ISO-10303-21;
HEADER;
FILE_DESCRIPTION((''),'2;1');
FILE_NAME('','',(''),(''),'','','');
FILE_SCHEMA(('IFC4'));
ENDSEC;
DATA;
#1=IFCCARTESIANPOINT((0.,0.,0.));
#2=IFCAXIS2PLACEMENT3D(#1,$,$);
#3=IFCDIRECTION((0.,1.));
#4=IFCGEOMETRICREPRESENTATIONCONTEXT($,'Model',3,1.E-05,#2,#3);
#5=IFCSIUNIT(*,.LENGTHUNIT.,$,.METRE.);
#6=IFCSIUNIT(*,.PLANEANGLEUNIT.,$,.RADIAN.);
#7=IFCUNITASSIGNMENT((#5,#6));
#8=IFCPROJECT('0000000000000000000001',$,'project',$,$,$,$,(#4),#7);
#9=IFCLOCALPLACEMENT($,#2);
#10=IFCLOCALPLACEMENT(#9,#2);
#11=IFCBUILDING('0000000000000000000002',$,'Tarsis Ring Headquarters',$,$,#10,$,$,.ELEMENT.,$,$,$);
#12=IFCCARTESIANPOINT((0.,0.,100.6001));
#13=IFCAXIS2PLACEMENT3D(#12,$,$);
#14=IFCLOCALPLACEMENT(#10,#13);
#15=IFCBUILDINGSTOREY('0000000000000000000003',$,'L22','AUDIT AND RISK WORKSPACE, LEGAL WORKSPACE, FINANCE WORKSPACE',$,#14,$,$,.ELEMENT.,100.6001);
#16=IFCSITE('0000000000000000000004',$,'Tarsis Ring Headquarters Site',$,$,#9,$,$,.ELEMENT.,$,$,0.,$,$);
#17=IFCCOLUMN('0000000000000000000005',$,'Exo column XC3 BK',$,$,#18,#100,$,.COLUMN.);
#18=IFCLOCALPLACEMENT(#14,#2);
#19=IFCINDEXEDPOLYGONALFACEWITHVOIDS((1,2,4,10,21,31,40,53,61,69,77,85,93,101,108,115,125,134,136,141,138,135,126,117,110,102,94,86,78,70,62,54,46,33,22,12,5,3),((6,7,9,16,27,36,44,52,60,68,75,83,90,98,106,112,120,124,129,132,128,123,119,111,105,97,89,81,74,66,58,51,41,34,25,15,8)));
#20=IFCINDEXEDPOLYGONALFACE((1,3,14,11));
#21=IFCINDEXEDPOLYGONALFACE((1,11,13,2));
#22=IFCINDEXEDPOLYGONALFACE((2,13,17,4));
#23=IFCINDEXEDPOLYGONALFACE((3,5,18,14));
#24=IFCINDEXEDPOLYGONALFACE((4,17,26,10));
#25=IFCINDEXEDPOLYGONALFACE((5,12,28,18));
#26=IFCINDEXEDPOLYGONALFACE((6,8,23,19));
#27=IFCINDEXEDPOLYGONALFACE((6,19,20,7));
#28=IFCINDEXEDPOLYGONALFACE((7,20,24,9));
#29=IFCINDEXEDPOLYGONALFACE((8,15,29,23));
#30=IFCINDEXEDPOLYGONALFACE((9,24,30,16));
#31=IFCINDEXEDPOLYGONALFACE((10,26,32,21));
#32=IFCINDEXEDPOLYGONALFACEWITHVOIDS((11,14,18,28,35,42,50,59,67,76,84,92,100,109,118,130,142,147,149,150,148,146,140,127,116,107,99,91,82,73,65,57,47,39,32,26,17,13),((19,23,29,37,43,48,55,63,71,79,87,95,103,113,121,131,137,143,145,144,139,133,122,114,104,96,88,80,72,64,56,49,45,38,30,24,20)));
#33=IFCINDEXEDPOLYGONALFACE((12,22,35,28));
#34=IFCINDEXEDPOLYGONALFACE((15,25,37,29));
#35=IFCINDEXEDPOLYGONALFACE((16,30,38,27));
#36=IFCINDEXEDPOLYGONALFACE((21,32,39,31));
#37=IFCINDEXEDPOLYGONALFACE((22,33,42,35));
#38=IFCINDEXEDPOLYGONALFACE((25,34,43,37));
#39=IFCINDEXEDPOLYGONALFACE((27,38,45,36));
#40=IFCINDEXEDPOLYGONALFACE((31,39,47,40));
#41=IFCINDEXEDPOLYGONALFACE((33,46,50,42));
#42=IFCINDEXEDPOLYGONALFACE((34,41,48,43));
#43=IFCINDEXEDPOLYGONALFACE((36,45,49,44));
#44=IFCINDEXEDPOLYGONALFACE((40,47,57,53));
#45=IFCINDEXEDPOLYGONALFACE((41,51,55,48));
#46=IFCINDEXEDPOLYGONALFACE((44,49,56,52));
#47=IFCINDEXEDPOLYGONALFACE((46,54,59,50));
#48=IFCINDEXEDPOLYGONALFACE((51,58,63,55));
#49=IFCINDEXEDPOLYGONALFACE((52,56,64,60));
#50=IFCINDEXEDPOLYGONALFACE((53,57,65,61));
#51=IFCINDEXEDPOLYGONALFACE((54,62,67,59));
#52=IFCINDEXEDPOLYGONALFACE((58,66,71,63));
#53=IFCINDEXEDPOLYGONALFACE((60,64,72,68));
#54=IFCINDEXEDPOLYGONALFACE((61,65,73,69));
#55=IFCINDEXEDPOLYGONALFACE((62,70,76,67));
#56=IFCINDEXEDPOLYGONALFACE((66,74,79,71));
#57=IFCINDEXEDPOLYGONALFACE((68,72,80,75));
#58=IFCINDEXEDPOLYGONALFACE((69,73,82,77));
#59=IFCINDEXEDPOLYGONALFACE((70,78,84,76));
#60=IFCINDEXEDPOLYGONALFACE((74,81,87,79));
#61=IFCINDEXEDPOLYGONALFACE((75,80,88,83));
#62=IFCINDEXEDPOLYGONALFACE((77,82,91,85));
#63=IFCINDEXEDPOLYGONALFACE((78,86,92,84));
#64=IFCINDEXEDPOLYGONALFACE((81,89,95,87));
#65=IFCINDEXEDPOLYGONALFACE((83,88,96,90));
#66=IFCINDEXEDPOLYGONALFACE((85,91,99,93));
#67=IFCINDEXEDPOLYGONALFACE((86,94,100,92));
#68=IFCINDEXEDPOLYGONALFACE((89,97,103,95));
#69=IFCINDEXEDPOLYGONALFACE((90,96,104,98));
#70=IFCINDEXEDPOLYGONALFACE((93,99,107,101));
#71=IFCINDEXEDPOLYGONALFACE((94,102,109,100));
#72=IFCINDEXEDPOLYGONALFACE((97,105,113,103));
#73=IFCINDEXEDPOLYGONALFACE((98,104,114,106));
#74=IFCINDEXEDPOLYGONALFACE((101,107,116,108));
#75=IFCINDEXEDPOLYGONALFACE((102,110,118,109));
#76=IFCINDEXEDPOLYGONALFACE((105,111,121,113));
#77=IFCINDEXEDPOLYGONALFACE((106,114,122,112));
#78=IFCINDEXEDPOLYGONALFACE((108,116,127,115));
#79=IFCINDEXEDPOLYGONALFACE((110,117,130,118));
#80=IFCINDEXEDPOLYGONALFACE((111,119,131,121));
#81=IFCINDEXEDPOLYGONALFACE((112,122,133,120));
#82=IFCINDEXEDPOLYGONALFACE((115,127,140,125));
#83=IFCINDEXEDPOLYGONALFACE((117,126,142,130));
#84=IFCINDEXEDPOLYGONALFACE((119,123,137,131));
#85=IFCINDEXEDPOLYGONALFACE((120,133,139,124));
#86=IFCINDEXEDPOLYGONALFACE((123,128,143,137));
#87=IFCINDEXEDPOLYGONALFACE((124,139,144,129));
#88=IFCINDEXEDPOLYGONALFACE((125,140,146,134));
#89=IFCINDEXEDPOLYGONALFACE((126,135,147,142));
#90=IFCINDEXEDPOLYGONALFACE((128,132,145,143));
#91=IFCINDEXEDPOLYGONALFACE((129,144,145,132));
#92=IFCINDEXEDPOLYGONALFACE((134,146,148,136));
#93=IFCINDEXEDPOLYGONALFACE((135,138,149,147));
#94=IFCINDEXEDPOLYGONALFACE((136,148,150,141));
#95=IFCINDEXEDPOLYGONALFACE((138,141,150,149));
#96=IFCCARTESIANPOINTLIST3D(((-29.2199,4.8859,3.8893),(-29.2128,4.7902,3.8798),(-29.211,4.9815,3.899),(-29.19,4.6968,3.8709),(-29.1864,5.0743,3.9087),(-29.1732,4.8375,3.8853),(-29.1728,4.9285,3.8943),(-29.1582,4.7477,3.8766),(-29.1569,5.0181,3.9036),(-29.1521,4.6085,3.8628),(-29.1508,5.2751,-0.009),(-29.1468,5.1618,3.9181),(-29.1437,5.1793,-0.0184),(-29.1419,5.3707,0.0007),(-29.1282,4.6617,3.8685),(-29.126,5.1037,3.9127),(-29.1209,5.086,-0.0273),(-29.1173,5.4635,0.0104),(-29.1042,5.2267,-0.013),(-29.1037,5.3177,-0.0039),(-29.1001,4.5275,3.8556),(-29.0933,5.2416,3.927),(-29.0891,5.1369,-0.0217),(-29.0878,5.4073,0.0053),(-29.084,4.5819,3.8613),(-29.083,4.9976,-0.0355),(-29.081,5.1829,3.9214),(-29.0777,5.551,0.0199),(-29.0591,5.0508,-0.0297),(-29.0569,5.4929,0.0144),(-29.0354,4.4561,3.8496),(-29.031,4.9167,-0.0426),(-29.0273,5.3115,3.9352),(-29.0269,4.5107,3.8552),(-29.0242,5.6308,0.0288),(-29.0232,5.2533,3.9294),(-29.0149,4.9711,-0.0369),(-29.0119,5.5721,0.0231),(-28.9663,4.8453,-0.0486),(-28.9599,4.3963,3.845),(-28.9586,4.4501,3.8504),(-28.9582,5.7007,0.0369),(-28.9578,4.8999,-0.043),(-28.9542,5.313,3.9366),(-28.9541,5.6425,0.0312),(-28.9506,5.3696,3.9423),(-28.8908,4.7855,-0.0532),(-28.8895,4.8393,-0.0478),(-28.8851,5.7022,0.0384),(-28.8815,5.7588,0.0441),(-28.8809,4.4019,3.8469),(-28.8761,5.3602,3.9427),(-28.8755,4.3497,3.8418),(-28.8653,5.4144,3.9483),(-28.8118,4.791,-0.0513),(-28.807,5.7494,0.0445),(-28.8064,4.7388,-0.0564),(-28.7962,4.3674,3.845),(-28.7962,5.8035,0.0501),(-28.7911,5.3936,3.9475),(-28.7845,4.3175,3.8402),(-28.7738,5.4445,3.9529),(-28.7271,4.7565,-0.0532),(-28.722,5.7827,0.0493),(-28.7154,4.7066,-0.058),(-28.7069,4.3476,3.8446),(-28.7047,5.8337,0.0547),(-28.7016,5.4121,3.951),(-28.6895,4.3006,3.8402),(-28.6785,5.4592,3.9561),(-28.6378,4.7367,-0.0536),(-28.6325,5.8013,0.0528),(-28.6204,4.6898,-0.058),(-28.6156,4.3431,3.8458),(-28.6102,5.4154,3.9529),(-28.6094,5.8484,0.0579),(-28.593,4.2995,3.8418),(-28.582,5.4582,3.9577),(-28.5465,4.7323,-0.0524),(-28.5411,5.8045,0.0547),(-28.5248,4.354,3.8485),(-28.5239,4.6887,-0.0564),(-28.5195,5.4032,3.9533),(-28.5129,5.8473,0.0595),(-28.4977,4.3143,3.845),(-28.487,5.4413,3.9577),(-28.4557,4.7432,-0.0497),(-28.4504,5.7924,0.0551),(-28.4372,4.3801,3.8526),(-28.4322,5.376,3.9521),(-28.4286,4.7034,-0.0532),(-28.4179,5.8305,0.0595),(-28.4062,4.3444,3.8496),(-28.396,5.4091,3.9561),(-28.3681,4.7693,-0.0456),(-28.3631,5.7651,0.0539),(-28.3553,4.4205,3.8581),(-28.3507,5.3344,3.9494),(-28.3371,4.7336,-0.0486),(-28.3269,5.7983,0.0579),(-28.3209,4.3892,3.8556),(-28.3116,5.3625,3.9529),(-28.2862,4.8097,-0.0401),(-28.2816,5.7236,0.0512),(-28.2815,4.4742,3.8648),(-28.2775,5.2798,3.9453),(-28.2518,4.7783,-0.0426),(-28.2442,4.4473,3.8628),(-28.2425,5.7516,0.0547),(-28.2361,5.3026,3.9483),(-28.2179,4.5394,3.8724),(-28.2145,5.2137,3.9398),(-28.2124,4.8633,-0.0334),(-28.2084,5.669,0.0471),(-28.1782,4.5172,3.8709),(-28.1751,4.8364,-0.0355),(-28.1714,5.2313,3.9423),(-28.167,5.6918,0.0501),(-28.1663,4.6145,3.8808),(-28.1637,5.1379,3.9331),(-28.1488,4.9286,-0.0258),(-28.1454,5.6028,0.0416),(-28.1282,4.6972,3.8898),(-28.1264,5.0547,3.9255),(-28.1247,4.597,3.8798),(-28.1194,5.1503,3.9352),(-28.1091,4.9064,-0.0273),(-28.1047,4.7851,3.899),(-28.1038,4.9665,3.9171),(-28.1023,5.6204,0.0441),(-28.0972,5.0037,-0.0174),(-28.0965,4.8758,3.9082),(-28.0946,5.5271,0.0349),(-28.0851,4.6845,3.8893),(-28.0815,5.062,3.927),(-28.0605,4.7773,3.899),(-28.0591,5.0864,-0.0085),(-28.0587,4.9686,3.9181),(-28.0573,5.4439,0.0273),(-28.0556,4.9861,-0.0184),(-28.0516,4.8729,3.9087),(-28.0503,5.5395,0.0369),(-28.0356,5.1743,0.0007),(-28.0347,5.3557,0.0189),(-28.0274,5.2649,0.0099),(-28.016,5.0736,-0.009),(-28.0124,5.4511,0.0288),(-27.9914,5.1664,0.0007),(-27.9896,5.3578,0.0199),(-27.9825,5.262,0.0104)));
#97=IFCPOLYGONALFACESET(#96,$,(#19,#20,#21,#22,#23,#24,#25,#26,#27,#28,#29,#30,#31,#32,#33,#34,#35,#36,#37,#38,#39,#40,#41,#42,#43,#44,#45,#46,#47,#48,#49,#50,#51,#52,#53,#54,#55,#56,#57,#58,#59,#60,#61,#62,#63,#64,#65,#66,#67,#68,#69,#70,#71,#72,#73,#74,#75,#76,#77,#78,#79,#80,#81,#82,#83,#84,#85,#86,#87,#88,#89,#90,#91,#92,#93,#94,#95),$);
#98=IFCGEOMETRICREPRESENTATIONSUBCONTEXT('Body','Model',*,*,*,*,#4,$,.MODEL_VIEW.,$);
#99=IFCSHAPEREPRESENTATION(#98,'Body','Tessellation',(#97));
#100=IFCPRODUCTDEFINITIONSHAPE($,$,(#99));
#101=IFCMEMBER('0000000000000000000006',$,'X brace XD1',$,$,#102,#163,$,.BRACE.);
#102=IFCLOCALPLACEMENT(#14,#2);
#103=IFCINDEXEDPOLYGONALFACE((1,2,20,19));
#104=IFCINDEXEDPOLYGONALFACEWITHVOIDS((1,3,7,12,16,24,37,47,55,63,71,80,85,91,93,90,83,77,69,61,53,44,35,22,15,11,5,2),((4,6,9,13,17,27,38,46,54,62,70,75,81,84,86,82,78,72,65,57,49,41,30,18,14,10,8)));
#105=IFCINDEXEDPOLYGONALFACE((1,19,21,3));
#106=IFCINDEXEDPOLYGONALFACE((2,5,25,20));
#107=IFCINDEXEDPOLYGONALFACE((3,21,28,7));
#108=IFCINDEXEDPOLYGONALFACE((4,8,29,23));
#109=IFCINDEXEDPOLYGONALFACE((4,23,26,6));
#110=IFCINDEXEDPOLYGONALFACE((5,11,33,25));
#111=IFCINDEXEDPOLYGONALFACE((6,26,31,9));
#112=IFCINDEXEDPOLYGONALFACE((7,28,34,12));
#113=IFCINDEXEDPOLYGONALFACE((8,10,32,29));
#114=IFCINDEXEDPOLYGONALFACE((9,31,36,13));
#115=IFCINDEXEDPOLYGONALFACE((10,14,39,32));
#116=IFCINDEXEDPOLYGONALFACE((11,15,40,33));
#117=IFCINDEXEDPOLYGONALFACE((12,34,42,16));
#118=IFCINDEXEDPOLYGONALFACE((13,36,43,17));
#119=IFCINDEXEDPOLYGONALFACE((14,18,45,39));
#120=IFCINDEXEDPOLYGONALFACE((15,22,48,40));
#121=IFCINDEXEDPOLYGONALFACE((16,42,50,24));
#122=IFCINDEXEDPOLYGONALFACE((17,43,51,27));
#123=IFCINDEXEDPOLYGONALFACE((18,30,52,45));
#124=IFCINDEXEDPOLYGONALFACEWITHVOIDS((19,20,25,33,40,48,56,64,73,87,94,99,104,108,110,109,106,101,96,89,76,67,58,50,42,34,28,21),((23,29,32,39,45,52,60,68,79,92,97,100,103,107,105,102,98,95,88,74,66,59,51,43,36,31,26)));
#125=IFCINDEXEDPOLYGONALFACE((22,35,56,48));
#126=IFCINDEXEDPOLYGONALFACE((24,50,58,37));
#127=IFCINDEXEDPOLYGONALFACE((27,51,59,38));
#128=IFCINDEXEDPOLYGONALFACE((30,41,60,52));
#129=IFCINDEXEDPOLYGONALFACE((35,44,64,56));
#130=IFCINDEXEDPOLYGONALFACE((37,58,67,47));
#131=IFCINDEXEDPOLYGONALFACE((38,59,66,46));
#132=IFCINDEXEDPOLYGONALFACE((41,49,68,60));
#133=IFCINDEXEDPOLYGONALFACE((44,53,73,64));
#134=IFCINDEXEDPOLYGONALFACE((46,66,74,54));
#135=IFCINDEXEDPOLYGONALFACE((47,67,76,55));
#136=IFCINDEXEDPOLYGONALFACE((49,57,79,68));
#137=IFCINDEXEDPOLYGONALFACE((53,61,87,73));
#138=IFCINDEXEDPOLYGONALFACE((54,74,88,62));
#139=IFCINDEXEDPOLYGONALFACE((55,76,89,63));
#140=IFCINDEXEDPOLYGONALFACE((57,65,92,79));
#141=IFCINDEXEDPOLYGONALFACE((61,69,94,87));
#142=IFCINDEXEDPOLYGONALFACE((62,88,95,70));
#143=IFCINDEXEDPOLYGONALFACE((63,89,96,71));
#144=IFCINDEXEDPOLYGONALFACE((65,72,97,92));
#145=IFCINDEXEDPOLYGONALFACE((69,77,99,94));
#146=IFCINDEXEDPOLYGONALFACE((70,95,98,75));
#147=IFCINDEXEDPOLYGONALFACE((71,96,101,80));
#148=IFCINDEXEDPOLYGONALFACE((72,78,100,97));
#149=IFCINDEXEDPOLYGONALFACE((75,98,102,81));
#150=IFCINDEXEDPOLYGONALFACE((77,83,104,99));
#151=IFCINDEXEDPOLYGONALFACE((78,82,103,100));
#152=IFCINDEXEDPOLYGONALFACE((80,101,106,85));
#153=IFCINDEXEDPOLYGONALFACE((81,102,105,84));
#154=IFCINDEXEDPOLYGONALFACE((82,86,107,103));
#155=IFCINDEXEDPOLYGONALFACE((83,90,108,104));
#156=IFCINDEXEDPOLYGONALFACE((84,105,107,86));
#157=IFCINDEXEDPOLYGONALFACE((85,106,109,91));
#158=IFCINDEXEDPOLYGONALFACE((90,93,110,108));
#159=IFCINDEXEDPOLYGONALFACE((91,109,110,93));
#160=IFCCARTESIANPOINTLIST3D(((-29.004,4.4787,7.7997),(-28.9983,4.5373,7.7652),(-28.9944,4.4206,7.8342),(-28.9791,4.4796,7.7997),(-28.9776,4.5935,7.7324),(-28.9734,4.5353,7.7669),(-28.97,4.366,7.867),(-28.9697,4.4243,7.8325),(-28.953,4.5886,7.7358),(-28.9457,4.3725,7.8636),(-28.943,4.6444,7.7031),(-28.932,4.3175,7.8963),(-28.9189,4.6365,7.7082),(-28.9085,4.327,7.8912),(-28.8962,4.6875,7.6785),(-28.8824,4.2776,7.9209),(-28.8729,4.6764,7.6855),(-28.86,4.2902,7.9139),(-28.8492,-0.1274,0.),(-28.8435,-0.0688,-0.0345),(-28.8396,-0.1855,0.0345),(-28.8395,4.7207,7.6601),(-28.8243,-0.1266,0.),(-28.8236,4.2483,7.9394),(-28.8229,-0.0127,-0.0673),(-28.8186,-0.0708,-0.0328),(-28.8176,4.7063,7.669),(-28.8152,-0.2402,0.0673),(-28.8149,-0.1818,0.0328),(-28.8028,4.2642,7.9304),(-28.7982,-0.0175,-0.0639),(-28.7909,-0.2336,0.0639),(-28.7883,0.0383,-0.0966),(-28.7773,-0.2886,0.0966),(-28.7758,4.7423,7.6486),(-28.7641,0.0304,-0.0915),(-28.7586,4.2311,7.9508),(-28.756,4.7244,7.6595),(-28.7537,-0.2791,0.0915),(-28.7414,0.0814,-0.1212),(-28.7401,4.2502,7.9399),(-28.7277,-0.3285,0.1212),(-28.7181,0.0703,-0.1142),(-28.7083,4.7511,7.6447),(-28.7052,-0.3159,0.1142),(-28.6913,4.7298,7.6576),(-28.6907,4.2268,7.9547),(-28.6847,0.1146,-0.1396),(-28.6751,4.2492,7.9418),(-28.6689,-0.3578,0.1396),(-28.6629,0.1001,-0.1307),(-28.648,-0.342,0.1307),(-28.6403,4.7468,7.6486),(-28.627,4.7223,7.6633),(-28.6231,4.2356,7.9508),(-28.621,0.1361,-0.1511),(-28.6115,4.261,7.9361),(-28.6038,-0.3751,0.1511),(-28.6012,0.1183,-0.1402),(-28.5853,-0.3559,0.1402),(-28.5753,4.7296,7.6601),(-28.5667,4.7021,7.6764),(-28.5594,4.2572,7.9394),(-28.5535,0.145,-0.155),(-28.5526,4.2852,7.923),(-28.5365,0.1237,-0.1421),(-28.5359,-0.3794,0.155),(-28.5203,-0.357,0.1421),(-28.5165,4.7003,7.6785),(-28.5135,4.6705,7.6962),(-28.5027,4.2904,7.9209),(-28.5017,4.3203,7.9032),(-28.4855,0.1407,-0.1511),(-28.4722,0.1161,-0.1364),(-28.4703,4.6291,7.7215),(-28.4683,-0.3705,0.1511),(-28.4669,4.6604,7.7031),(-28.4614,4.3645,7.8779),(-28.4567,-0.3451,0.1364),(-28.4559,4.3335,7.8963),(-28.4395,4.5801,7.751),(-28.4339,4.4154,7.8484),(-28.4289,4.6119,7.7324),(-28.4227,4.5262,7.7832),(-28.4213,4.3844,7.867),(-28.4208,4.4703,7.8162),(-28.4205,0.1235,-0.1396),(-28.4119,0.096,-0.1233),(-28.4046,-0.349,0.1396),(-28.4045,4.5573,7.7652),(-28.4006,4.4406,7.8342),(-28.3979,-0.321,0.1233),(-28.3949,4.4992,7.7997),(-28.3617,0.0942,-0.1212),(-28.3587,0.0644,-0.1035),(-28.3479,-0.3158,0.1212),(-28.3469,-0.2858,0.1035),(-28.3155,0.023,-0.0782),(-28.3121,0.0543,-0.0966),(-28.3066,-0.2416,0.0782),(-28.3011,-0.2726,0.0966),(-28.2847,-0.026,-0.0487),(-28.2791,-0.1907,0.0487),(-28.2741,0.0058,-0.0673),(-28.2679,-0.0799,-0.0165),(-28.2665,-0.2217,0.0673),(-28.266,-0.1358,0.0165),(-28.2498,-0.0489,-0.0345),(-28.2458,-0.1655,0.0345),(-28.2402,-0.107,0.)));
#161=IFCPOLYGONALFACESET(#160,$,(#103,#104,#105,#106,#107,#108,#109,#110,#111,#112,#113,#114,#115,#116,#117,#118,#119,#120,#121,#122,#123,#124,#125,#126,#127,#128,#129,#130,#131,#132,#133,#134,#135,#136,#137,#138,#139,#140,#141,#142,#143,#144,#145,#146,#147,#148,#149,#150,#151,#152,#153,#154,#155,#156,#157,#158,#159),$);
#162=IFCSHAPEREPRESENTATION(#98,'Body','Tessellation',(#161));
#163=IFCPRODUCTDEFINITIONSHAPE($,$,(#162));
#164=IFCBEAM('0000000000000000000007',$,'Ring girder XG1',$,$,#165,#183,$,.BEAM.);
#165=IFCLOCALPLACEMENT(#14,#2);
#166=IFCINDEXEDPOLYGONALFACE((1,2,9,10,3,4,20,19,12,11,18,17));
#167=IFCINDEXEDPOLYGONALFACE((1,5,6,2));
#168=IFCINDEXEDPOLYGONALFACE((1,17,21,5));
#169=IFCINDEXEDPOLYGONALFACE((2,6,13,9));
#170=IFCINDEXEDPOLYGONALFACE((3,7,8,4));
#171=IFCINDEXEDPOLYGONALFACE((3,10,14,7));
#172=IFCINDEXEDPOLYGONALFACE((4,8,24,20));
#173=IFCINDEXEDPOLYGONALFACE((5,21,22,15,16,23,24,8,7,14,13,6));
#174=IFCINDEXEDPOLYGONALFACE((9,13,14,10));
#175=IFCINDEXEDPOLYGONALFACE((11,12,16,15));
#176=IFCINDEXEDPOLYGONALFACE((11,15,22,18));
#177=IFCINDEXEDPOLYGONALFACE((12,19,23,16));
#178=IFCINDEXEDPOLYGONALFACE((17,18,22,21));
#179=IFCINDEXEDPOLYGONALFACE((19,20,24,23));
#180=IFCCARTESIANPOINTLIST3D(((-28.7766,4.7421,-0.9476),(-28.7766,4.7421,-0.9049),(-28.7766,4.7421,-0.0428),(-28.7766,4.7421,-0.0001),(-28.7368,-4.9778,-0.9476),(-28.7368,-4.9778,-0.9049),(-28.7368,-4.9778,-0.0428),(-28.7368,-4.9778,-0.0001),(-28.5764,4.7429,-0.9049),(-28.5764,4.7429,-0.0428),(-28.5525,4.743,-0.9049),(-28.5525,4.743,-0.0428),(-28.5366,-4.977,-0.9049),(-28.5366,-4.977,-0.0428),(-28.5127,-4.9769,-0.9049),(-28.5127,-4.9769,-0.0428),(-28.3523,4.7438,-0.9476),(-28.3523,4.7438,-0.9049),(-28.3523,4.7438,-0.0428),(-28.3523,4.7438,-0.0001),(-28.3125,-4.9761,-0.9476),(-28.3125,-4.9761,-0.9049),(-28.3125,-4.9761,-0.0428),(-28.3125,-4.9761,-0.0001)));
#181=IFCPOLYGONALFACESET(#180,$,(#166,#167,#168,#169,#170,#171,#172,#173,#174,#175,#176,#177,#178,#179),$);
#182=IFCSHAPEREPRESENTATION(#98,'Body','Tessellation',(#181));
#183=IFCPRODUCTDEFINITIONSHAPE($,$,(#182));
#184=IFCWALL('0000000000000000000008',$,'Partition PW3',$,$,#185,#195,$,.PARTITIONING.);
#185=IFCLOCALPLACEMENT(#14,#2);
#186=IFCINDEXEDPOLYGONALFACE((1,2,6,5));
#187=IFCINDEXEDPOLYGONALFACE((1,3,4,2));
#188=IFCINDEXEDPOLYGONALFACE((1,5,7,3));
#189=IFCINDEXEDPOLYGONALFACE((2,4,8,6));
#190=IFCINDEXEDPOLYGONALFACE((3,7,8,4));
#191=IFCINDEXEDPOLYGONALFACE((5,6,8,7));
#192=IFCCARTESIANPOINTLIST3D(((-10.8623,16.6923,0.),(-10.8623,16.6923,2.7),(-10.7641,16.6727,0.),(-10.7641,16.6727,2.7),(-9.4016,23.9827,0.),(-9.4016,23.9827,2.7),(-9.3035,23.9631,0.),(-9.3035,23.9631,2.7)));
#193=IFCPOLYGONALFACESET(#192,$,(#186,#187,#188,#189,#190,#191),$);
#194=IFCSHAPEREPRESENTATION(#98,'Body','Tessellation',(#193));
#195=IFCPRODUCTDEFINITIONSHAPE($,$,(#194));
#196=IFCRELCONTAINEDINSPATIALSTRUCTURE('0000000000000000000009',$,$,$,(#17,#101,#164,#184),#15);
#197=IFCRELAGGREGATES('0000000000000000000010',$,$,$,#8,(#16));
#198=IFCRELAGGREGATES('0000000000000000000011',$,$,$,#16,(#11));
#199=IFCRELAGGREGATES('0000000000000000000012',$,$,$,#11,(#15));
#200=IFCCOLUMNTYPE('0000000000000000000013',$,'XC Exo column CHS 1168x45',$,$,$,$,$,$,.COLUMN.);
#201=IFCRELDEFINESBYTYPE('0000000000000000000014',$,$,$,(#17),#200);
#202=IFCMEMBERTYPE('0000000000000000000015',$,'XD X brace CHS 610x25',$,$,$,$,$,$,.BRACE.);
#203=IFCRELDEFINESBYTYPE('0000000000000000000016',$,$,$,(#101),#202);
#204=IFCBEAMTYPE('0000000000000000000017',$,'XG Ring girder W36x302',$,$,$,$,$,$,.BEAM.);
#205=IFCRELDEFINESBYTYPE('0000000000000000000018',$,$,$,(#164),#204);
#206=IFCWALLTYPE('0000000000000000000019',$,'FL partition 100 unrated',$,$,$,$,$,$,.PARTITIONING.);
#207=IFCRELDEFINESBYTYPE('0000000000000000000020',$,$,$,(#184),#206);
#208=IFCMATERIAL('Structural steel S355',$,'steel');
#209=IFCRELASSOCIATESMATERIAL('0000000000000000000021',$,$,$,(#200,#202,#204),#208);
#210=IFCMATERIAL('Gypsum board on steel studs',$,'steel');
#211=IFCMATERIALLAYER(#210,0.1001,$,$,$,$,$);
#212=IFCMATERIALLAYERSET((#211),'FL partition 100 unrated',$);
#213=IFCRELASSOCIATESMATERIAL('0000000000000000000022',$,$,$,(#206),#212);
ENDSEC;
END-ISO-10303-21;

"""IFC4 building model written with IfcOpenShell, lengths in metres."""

from ifc_helpers import new_model, si_unit, direction, frame, frame_2d, origin, origin_2d, place, context, subcontext, project, spatial, rectangle, hollow_circle, i_section, extrude, material, layer, layer_set, material_profile, profile_set, type_object, element, save


model = new_model("IFC4")

# Units and contexts
model_context = context("Model", 3, precision=1e-05, world=origin(), true_north=direction((0.0, 1.0)))
body_context = subcontext(model_context, "Body", "Model", "MODEL_VIEW")
ifc_project = project(units=[si_unit("LENGTHUNIT", "METRE"), si_unit("PLANEANGLEUNIT", "RADIAN")], contexts=[model_context])

# Site, building, storey
site_placement = place(None, origin())
site = spatial("IfcSite", under=ifc_project, at=site_placement, Name="Tarsis Ring Headquarters Site", CompositionType="ELEMENT", RefElevation=0.0)
building_placement = place(site_placement, origin())
building = spatial("IfcBuilding", under=site, at=building_placement, Name="Tarsis Ring Headquarters", CompositionType="ELEMENT")
storey_placement = place(building_placement, frame((0.0, 0.0, 100.6001)))
storey = spatial("IfcBuildingStorey", under=building, at=storey_placement, Name="L22", Description="AUDIT AND RISK WORKSPACE, LEGAL WORKSPACE, FINANCE WORKSPACE", CompositionType="ELEMENT", Elevation=100.6001)

# Column
ifc_material_1 = material(Name="Structural steel S355", Category="steel")
ifc_material_profile_1 = material_profile(ifc_material_1, hollow_circle(Radius=0.5842, WallThickness=0.0449, at=origin_2d()), Name="CHS 1168x45")
ifc_profile_set_1 = profile_set([ifc_material_profile_1], Name="Structural steel S355")
column_type = type_object("IfcColumnType", Name="XC Exo column CHS 1168x45", PredefinedType="COLUMN", material=ifc_profile_set_1)
column_placement = place(storey_placement, frame((-28.5667, 5.2686, 0.0007), z_axis=(-0.017634, -0.099322, 0.994899), x_axis=(0.984603, -0.174807, 0.0)))
element("IfcColumn", 1, at=column_placement, inside=storey, type_object=column_type, Name="Exo column XC3 BK", PredefinedType="COLUMN", context=body_context, shape_type="SweptSolid", body=[
    extrude(hollow_circle(Radius=0.5842, WallThickness=0.0449, at=origin_2d()), origin(), (0.0, 0.0, 1.0), 3.9182),
])

# Member
ifc_material_profile_2 = material_profile(ifc_material_1, hollow_circle(Radius=0.3047, WallThickness=0.0249, at=origin_2d()), Name="CHS 610x25")
ifc_profile_set_2 = profile_set([ifc_material_profile_2], Name="Structural steel S355")
member_type = type_object("IfcMemberType", Name="XD X brace CHS 610x25", PredefinedType="BRACE", material=ifc_profile_set_2)
member_placement = place(storey_placement, frame((-28.5447, -0.1172, 0.0), z_axis=(-0.017085, 0.508428, 0.860935), x_axis=(-0.999436, -0.033585, 0.0)))
element("IfcMember", 2, at=member_placement, inside=storey, type_object=member_type, Name="X brace XD1", PredefinedType="BRACE", context=body_context, shape_type="SweptSolid", body=[
    extrude(hollow_circle(Radius=0.3047, WallThickness=0.0249, at=origin_2d()), origin(), (0.0, 0.0, 1.0), 9.0596),
])

# Beam
ifc_material_profile_3 = material_profile(ifc_material_1, i_section(OverallWidth=0.4243, OverallDepth=0.9475, WebThickness=0.0239, FlangeThickness=0.0427, at=origin_2d()), Name="W36x302")
ifc_profile_set_3 = profile_set([ifc_material_profile_3], Name="Structural steel S355")
beam_type = type_object("IfcBeamType", Name="XG Ring girder W36x302", PredefinedType="BEAM", material=ifc_profile_set_3)
beam_placement = place(storey_placement, frame((-28.5645, 4.7429, -0.4739), z_axis=(0.004094, -0.999992, 0.0), x_axis=(0.999992, 0.004094, 0.0)))
element("IfcBeam", 3, at=beam_placement, inside=storey, type_object=beam_type, Name="Ring girder XG1", PredefinedType="BEAM", context=body_context, shape_type="SweptSolid", body=[
    extrude(i_section(OverallWidth=0.4243, OverallDepth=0.9475, WebThickness=0.0239, FlangeThickness=0.0427, at=origin_2d()), origin(), (0.0, 0.0, 1.0), 9.72),
])

# Wall
ifc_material_2 = material(Name="Gypsum board on steel studs", Category="steel")
ifc_layer_1 = layer(ifc_material_2, 0.1001)
ifc_layer_set_1 = layer_set([ifc_layer_1], Name="FL partition 100 unrated")
wall_type_1 = type_object("IfcWallType", Name="FL partition 100 unrated", PredefinedType="PARTITIONING", material=ifc_layer_set_1)
wall_1_placement = place(storey_placement, frame((-10.8132, 16.6824, 0.0), z_axis=(0.0, 0.0, 1.0), x_axis=(0.196451, 0.980514, 0.0)))
element("IfcWall", 4, at=wall_1_placement, inside=storey, type_object=wall_type_1, Name="Partition PW3", PredefinedType="PARTITIONING", context=body_context, shape_type="SweptSolid", body=[
    extrude(rectangle(XDim=7.4353, YDim=0.1001, at=frame_2d((3.7178, 0.0))), origin(), (0.0, 0.0, 1.0), 2.7),
])

save(model, "model.ifc")
